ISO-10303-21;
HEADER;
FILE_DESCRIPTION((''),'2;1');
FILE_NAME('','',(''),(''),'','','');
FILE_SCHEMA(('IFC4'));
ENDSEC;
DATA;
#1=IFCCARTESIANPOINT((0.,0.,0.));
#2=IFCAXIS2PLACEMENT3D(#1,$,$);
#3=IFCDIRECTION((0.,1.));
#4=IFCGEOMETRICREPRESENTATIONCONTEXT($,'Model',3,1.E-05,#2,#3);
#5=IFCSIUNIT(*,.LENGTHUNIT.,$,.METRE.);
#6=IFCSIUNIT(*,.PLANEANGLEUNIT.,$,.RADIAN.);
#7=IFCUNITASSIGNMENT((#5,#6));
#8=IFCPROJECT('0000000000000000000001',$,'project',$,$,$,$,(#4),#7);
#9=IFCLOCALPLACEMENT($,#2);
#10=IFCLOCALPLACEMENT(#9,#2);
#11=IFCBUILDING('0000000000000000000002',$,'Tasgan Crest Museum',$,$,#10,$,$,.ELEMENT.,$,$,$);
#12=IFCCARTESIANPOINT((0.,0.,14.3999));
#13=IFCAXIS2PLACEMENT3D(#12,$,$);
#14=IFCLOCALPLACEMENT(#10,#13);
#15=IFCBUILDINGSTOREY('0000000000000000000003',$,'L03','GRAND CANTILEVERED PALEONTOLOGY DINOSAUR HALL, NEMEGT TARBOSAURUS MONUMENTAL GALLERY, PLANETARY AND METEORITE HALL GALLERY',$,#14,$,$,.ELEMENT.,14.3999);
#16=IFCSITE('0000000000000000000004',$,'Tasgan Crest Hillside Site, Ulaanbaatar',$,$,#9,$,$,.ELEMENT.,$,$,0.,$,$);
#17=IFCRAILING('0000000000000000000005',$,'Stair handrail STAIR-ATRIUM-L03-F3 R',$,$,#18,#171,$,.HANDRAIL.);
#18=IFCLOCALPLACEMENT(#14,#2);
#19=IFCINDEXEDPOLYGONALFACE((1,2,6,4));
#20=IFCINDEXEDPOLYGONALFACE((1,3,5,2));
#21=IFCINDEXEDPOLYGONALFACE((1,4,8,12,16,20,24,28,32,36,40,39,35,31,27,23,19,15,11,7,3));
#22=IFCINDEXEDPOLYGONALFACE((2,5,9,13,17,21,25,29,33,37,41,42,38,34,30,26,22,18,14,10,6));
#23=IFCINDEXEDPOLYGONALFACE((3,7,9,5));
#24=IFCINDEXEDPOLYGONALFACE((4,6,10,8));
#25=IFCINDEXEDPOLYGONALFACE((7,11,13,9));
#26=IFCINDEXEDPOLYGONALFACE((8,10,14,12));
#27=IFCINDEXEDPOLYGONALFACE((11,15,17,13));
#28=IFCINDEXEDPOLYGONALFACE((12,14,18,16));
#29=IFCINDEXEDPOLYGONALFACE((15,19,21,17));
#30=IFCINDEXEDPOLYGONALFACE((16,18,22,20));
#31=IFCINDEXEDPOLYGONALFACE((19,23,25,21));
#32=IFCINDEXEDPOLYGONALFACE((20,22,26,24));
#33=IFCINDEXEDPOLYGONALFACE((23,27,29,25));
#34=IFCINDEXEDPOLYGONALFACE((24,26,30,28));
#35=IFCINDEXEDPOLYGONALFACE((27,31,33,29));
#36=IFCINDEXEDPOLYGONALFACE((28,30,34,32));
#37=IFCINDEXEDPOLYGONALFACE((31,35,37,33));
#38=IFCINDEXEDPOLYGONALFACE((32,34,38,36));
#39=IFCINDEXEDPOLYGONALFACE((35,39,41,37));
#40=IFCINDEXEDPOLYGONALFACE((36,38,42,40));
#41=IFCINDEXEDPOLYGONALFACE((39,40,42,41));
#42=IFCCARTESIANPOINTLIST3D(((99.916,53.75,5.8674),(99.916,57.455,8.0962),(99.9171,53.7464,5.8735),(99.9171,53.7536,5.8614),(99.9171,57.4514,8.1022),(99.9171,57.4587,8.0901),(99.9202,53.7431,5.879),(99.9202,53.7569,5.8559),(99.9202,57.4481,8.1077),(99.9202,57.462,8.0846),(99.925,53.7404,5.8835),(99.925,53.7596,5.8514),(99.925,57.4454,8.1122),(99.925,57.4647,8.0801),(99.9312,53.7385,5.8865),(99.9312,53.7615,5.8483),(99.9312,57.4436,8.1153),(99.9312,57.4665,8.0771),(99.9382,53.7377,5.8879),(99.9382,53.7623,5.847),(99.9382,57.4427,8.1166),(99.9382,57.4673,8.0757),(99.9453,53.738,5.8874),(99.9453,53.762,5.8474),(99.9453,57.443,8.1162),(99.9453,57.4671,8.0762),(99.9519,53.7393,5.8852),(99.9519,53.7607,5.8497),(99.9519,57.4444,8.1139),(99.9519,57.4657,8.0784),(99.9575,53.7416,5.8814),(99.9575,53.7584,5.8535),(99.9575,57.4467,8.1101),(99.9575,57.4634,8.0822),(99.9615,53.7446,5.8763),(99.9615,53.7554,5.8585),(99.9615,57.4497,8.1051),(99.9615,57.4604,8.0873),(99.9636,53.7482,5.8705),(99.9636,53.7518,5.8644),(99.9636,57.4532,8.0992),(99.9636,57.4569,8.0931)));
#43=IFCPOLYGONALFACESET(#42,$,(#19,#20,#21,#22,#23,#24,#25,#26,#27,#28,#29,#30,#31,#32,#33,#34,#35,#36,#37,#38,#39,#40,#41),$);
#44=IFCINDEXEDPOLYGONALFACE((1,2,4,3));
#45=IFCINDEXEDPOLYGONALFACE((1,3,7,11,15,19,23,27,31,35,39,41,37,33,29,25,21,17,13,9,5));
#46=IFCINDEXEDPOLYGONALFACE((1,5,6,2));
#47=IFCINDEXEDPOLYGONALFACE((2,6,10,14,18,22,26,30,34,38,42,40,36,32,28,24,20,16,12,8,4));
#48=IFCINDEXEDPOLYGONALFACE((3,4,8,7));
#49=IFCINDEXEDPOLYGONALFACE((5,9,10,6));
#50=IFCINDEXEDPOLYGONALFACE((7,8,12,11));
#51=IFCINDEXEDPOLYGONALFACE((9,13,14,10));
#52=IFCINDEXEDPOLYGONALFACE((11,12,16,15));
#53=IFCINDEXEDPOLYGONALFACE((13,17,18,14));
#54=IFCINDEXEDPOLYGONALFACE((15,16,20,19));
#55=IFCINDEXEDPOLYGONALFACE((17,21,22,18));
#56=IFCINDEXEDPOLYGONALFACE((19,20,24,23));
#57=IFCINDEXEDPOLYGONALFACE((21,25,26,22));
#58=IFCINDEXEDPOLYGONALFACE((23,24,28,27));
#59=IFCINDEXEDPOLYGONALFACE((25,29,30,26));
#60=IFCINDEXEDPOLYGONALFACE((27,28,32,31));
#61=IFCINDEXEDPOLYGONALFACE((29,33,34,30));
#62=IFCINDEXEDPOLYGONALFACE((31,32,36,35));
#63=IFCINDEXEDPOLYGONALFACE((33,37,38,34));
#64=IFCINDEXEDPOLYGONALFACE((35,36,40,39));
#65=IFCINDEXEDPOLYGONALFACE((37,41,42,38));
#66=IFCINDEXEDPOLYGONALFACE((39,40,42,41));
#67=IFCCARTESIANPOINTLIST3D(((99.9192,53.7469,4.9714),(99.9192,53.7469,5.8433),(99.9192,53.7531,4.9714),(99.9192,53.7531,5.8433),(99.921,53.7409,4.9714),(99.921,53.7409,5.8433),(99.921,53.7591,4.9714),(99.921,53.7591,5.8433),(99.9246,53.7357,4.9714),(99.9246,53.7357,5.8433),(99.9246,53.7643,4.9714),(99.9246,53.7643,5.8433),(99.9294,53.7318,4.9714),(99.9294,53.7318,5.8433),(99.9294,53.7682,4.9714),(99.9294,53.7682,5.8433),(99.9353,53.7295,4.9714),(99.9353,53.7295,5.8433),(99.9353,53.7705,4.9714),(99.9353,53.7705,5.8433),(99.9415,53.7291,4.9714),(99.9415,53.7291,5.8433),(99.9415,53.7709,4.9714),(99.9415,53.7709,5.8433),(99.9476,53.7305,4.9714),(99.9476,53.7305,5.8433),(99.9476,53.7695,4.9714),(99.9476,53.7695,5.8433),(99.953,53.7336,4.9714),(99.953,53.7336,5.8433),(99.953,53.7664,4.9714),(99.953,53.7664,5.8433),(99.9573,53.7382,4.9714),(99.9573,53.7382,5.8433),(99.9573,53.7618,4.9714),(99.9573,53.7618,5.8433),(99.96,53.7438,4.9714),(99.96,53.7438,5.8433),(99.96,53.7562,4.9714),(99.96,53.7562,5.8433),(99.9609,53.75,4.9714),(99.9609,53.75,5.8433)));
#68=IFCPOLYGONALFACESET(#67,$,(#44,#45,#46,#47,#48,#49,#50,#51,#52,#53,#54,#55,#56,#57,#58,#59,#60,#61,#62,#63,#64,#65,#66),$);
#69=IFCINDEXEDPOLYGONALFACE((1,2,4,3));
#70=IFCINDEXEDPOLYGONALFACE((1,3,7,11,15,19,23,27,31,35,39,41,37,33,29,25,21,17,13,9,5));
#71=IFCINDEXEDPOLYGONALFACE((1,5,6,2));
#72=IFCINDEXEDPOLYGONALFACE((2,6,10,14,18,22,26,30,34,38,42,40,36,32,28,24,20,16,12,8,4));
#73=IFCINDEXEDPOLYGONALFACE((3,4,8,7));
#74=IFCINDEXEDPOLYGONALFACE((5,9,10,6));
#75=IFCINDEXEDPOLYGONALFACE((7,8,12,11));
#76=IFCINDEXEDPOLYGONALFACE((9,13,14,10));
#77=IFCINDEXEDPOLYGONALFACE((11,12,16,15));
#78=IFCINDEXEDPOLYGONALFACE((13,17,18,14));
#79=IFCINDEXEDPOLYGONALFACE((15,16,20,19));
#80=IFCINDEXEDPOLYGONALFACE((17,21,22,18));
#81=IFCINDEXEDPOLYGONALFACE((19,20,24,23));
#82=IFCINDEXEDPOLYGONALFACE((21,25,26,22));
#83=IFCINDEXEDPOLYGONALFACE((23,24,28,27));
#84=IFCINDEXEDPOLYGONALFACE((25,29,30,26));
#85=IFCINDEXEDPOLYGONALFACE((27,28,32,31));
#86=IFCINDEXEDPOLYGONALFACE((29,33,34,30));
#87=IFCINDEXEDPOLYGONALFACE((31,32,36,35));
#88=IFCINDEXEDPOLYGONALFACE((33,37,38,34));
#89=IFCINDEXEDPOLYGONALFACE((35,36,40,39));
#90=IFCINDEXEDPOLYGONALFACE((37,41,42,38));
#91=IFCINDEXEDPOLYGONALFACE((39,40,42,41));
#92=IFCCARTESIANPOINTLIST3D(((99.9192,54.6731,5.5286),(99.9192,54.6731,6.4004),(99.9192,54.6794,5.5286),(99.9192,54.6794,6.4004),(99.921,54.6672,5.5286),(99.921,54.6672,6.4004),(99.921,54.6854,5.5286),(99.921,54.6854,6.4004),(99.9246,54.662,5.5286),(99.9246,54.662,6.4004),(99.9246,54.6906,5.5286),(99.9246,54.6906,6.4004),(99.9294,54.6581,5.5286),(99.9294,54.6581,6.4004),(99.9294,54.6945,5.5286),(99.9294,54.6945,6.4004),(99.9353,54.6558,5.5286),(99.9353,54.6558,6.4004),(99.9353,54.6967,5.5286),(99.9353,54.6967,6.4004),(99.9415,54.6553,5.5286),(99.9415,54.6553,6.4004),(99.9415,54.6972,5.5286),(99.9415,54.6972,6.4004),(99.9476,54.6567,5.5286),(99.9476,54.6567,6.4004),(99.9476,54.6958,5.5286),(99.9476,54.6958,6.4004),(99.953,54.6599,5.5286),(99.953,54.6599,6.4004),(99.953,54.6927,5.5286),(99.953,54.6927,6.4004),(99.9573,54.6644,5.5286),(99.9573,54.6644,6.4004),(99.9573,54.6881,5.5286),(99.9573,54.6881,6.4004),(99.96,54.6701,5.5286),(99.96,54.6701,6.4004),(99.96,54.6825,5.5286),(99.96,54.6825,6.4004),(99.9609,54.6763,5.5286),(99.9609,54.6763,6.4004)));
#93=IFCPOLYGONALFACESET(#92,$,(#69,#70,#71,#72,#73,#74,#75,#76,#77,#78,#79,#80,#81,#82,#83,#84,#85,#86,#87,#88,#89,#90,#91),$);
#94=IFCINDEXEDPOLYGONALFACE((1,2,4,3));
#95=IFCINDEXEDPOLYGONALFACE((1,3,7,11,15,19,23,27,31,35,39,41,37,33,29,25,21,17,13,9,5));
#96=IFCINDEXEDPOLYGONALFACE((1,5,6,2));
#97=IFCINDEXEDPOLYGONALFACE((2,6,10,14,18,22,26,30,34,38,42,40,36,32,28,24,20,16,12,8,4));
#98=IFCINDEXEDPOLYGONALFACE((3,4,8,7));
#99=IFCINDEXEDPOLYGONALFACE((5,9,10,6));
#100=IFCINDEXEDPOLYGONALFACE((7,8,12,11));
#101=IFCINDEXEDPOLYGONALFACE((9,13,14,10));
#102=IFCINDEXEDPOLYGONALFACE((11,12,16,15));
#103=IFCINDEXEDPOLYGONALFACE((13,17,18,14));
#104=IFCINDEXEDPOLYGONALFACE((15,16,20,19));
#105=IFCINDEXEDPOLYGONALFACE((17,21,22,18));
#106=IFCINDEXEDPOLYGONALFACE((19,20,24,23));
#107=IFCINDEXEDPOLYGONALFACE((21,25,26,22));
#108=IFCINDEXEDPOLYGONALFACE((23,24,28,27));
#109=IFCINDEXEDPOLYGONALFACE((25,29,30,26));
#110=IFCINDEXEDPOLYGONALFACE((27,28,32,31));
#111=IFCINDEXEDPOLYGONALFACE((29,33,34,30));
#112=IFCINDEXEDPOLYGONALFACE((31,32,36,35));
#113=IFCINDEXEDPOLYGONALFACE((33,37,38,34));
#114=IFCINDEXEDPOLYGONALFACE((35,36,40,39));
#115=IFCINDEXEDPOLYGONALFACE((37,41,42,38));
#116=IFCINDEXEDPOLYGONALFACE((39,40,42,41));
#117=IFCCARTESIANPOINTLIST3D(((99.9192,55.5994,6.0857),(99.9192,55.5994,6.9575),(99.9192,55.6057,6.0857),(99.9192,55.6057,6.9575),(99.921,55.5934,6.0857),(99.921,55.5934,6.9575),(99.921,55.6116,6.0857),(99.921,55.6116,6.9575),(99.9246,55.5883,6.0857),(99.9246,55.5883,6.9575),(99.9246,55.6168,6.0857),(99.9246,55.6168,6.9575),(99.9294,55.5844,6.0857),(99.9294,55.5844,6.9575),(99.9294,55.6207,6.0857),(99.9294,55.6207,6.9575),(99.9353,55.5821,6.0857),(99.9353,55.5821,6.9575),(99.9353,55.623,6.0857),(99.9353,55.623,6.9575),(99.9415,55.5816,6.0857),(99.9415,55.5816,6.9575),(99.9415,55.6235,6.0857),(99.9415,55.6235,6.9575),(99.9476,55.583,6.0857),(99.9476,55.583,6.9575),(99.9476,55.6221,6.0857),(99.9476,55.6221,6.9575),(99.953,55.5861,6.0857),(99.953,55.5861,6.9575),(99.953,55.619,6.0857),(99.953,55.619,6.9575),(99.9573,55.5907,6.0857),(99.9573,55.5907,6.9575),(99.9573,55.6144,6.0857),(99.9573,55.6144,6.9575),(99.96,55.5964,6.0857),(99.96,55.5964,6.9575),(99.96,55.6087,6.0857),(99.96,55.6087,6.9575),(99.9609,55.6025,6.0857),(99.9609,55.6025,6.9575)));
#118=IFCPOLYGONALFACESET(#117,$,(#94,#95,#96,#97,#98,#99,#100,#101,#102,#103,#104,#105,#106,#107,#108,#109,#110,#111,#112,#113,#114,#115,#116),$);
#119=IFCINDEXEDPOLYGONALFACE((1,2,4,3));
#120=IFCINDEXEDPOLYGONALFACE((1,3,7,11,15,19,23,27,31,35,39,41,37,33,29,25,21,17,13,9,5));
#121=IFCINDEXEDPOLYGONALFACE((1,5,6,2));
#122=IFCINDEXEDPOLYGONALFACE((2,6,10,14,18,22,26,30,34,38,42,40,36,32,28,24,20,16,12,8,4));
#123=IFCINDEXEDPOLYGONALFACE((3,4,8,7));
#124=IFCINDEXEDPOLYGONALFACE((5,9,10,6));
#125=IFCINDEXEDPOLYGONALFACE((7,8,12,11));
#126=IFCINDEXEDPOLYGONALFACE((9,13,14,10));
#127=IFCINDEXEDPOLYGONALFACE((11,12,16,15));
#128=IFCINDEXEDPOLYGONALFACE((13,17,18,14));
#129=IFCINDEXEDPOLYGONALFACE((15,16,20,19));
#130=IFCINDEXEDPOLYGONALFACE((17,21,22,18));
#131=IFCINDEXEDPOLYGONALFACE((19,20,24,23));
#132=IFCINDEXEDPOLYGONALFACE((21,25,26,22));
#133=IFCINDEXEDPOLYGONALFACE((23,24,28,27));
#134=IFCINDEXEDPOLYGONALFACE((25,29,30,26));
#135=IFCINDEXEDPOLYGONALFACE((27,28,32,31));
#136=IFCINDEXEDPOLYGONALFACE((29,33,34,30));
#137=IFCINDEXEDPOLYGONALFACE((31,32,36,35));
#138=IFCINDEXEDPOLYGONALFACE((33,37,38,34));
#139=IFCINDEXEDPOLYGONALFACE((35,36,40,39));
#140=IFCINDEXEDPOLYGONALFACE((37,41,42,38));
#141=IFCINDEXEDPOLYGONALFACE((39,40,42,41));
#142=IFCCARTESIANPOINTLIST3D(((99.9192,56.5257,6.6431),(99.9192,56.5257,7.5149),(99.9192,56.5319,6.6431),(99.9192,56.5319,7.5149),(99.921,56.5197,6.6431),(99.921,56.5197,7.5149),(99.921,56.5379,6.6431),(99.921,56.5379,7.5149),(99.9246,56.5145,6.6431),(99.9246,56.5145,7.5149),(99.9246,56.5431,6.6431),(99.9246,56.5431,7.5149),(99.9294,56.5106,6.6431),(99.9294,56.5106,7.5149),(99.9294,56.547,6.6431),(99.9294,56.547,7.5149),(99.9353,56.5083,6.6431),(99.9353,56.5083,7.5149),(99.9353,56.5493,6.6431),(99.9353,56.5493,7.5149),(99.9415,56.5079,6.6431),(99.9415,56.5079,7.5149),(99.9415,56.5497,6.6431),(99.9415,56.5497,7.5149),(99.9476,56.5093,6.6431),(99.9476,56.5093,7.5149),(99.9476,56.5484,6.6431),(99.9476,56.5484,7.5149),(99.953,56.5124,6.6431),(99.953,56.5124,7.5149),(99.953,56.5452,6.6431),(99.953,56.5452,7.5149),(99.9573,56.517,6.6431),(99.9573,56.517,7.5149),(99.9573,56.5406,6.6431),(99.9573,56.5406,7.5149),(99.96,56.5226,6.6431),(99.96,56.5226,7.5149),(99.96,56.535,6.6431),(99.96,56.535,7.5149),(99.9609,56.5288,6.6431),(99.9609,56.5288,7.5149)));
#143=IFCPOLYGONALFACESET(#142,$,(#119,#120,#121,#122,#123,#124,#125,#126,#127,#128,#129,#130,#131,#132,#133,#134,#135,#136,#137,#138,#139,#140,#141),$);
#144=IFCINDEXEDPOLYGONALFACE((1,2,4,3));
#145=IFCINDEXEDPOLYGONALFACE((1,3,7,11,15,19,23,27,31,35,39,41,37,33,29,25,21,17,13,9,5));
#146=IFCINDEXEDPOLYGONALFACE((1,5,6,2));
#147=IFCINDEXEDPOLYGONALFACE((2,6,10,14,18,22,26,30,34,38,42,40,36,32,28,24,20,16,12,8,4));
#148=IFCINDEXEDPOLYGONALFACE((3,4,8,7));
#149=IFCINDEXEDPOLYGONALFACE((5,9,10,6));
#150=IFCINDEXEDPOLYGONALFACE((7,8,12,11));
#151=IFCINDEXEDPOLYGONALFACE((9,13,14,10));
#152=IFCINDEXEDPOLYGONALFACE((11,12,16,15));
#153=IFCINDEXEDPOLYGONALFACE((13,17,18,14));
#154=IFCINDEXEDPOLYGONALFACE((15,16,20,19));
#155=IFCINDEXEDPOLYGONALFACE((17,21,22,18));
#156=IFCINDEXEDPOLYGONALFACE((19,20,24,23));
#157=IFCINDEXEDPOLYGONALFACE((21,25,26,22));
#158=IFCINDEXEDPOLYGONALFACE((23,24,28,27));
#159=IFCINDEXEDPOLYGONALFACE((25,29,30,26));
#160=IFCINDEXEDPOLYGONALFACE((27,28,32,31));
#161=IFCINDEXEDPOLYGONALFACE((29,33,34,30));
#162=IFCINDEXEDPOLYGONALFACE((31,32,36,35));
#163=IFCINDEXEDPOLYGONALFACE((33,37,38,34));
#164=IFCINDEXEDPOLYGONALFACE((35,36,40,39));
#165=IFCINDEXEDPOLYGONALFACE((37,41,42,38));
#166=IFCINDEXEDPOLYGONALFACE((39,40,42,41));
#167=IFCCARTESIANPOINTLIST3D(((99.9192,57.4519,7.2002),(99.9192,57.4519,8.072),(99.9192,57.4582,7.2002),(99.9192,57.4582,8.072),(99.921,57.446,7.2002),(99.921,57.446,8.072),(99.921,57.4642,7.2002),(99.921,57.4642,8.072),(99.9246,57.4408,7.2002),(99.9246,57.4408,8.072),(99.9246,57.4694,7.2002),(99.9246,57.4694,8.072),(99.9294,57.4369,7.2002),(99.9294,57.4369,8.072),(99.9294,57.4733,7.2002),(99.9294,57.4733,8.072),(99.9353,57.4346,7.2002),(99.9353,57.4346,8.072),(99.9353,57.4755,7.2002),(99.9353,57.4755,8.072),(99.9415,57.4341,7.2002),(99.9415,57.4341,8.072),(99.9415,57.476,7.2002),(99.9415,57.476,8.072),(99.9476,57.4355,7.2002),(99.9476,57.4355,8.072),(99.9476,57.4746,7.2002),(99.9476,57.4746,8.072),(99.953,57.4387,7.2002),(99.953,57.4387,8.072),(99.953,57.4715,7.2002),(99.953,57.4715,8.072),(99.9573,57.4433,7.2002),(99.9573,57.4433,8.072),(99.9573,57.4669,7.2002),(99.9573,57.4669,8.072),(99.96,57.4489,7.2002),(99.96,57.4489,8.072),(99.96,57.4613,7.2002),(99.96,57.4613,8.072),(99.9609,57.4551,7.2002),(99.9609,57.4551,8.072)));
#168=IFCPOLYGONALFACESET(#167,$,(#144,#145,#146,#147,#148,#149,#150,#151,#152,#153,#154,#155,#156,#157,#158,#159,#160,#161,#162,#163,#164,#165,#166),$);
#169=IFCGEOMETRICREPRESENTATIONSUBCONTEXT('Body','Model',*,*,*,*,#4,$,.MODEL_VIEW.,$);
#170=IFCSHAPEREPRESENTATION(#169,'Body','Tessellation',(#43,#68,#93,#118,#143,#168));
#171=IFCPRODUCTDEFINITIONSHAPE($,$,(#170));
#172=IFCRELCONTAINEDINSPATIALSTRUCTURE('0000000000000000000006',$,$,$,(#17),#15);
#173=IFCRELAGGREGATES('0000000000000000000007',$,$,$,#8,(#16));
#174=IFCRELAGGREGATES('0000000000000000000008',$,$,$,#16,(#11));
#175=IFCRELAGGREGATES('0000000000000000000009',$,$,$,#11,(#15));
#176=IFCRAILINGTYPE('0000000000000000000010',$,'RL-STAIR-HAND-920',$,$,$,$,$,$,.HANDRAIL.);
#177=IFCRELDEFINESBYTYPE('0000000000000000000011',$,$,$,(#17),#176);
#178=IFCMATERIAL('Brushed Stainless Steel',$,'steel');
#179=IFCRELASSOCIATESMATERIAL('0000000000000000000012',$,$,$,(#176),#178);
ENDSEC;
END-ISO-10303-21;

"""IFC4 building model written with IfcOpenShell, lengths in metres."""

from ifc_helpers import new_model, si_unit, direction, frame, origin, origin_2d, place, context, subcontext, project, spatial, circle, extrude, material, type_object, element, save


model = new_model("IFC4")

# Units and contexts
model_context = context("Model", 3, precision=1e-05, world=origin(), true_north=direction((0.0, 1.0)))
body_context = subcontext(model_context, "Body", "Model", "MODEL_VIEW")
ifc_project = project(units=[si_unit("LENGTHUNIT", "METRE"), si_unit("PLANEANGLEUNIT", "RADIAN")], contexts=[model_context])

# Site, building, storey
site_placement = place(None, origin())
site = spatial("IfcSite", under=ifc_project, at=site_placement, Name="Tasgan Crest Hillside Site, Ulaanbaatar", CompositionType="ELEMENT", RefElevation=0.0)
building_placement = place(site_placement, origin())
building = spatial("IfcBuilding", under=site, at=building_placement, Name="Tasgan Crest Museum", CompositionType="ELEMENT")
storey_placement = place(building_placement, frame((0.0, 0.0, 14.3999)))
storey = spatial("IfcBuildingStorey", under=building, at=storey_placement, Name="L03", Description="GRAND CANTILEVERED PALEONTOLOGY DINOSAUR HALL, NEMEGT TARBOSAURUS MONUMENTAL GALLERY, PLANETARY AND METEORITE HALL GALLERY", CompositionType="ELEMENT", Elevation=14.3999)

# Railing
ifc_material_1 = material(Name="Brushed Stainless Steel", Category="steel")
railing_type_1 = type_object("IfcRailingType", Name="RL-STAIR-HAND-920", PredefinedType="HANDRAIL", material=ifc_material_1)
railing_1_placement = place(storey_placement, frame((99.9399, 53.75, 4.9714)))
element("IfcRailing", 1, at=railing_1_placement, inside=storey, type_object=railing_type_1, Name="Stair handrail STAIR-ATRIUM-L03-F3 R", PredefinedType="HANDRAIL", context=body_context, shape_type="SweptSolid", body=[
    extrude(circle(Radius=0.0239, at=origin_2d()), frame((0.0, 0.0, 0.896), z_axis=(0.0, 0.856909, 0.515467), x_axis=(-1.0, 0.0, 0.0)), (0.0, 0.0, 1.0), 4.3237),
    extrude(circle(Radius=0.021, at=origin_2d()), origin(), (0.0, 0.0, 1.0), 0.8718),
    extrude(circle(Radius=0.021, at=origin_2d()), frame((0.0, 0.9263, 0.5571)), (0.0, 0.0, 1.0), 0.8718),
    extrude(circle(Radius=0.021, at=origin_2d()), frame((0.0, 1.8525, 1.1143)), (0.0, 0.0, 1.0), 0.8718),
    extrude(circle(Radius=0.021, at=origin_2d()), frame((0.0, 2.7788, 1.6716)), (0.0, 0.0, 1.0), 0.8718),
    extrude(circle(Radius=0.021, at=origin_2d()), frame((0.0, 3.7051, 2.2288)), (0.0, 0.0, 1.0), 0.8718),
])

save(model, "model.ifc")
